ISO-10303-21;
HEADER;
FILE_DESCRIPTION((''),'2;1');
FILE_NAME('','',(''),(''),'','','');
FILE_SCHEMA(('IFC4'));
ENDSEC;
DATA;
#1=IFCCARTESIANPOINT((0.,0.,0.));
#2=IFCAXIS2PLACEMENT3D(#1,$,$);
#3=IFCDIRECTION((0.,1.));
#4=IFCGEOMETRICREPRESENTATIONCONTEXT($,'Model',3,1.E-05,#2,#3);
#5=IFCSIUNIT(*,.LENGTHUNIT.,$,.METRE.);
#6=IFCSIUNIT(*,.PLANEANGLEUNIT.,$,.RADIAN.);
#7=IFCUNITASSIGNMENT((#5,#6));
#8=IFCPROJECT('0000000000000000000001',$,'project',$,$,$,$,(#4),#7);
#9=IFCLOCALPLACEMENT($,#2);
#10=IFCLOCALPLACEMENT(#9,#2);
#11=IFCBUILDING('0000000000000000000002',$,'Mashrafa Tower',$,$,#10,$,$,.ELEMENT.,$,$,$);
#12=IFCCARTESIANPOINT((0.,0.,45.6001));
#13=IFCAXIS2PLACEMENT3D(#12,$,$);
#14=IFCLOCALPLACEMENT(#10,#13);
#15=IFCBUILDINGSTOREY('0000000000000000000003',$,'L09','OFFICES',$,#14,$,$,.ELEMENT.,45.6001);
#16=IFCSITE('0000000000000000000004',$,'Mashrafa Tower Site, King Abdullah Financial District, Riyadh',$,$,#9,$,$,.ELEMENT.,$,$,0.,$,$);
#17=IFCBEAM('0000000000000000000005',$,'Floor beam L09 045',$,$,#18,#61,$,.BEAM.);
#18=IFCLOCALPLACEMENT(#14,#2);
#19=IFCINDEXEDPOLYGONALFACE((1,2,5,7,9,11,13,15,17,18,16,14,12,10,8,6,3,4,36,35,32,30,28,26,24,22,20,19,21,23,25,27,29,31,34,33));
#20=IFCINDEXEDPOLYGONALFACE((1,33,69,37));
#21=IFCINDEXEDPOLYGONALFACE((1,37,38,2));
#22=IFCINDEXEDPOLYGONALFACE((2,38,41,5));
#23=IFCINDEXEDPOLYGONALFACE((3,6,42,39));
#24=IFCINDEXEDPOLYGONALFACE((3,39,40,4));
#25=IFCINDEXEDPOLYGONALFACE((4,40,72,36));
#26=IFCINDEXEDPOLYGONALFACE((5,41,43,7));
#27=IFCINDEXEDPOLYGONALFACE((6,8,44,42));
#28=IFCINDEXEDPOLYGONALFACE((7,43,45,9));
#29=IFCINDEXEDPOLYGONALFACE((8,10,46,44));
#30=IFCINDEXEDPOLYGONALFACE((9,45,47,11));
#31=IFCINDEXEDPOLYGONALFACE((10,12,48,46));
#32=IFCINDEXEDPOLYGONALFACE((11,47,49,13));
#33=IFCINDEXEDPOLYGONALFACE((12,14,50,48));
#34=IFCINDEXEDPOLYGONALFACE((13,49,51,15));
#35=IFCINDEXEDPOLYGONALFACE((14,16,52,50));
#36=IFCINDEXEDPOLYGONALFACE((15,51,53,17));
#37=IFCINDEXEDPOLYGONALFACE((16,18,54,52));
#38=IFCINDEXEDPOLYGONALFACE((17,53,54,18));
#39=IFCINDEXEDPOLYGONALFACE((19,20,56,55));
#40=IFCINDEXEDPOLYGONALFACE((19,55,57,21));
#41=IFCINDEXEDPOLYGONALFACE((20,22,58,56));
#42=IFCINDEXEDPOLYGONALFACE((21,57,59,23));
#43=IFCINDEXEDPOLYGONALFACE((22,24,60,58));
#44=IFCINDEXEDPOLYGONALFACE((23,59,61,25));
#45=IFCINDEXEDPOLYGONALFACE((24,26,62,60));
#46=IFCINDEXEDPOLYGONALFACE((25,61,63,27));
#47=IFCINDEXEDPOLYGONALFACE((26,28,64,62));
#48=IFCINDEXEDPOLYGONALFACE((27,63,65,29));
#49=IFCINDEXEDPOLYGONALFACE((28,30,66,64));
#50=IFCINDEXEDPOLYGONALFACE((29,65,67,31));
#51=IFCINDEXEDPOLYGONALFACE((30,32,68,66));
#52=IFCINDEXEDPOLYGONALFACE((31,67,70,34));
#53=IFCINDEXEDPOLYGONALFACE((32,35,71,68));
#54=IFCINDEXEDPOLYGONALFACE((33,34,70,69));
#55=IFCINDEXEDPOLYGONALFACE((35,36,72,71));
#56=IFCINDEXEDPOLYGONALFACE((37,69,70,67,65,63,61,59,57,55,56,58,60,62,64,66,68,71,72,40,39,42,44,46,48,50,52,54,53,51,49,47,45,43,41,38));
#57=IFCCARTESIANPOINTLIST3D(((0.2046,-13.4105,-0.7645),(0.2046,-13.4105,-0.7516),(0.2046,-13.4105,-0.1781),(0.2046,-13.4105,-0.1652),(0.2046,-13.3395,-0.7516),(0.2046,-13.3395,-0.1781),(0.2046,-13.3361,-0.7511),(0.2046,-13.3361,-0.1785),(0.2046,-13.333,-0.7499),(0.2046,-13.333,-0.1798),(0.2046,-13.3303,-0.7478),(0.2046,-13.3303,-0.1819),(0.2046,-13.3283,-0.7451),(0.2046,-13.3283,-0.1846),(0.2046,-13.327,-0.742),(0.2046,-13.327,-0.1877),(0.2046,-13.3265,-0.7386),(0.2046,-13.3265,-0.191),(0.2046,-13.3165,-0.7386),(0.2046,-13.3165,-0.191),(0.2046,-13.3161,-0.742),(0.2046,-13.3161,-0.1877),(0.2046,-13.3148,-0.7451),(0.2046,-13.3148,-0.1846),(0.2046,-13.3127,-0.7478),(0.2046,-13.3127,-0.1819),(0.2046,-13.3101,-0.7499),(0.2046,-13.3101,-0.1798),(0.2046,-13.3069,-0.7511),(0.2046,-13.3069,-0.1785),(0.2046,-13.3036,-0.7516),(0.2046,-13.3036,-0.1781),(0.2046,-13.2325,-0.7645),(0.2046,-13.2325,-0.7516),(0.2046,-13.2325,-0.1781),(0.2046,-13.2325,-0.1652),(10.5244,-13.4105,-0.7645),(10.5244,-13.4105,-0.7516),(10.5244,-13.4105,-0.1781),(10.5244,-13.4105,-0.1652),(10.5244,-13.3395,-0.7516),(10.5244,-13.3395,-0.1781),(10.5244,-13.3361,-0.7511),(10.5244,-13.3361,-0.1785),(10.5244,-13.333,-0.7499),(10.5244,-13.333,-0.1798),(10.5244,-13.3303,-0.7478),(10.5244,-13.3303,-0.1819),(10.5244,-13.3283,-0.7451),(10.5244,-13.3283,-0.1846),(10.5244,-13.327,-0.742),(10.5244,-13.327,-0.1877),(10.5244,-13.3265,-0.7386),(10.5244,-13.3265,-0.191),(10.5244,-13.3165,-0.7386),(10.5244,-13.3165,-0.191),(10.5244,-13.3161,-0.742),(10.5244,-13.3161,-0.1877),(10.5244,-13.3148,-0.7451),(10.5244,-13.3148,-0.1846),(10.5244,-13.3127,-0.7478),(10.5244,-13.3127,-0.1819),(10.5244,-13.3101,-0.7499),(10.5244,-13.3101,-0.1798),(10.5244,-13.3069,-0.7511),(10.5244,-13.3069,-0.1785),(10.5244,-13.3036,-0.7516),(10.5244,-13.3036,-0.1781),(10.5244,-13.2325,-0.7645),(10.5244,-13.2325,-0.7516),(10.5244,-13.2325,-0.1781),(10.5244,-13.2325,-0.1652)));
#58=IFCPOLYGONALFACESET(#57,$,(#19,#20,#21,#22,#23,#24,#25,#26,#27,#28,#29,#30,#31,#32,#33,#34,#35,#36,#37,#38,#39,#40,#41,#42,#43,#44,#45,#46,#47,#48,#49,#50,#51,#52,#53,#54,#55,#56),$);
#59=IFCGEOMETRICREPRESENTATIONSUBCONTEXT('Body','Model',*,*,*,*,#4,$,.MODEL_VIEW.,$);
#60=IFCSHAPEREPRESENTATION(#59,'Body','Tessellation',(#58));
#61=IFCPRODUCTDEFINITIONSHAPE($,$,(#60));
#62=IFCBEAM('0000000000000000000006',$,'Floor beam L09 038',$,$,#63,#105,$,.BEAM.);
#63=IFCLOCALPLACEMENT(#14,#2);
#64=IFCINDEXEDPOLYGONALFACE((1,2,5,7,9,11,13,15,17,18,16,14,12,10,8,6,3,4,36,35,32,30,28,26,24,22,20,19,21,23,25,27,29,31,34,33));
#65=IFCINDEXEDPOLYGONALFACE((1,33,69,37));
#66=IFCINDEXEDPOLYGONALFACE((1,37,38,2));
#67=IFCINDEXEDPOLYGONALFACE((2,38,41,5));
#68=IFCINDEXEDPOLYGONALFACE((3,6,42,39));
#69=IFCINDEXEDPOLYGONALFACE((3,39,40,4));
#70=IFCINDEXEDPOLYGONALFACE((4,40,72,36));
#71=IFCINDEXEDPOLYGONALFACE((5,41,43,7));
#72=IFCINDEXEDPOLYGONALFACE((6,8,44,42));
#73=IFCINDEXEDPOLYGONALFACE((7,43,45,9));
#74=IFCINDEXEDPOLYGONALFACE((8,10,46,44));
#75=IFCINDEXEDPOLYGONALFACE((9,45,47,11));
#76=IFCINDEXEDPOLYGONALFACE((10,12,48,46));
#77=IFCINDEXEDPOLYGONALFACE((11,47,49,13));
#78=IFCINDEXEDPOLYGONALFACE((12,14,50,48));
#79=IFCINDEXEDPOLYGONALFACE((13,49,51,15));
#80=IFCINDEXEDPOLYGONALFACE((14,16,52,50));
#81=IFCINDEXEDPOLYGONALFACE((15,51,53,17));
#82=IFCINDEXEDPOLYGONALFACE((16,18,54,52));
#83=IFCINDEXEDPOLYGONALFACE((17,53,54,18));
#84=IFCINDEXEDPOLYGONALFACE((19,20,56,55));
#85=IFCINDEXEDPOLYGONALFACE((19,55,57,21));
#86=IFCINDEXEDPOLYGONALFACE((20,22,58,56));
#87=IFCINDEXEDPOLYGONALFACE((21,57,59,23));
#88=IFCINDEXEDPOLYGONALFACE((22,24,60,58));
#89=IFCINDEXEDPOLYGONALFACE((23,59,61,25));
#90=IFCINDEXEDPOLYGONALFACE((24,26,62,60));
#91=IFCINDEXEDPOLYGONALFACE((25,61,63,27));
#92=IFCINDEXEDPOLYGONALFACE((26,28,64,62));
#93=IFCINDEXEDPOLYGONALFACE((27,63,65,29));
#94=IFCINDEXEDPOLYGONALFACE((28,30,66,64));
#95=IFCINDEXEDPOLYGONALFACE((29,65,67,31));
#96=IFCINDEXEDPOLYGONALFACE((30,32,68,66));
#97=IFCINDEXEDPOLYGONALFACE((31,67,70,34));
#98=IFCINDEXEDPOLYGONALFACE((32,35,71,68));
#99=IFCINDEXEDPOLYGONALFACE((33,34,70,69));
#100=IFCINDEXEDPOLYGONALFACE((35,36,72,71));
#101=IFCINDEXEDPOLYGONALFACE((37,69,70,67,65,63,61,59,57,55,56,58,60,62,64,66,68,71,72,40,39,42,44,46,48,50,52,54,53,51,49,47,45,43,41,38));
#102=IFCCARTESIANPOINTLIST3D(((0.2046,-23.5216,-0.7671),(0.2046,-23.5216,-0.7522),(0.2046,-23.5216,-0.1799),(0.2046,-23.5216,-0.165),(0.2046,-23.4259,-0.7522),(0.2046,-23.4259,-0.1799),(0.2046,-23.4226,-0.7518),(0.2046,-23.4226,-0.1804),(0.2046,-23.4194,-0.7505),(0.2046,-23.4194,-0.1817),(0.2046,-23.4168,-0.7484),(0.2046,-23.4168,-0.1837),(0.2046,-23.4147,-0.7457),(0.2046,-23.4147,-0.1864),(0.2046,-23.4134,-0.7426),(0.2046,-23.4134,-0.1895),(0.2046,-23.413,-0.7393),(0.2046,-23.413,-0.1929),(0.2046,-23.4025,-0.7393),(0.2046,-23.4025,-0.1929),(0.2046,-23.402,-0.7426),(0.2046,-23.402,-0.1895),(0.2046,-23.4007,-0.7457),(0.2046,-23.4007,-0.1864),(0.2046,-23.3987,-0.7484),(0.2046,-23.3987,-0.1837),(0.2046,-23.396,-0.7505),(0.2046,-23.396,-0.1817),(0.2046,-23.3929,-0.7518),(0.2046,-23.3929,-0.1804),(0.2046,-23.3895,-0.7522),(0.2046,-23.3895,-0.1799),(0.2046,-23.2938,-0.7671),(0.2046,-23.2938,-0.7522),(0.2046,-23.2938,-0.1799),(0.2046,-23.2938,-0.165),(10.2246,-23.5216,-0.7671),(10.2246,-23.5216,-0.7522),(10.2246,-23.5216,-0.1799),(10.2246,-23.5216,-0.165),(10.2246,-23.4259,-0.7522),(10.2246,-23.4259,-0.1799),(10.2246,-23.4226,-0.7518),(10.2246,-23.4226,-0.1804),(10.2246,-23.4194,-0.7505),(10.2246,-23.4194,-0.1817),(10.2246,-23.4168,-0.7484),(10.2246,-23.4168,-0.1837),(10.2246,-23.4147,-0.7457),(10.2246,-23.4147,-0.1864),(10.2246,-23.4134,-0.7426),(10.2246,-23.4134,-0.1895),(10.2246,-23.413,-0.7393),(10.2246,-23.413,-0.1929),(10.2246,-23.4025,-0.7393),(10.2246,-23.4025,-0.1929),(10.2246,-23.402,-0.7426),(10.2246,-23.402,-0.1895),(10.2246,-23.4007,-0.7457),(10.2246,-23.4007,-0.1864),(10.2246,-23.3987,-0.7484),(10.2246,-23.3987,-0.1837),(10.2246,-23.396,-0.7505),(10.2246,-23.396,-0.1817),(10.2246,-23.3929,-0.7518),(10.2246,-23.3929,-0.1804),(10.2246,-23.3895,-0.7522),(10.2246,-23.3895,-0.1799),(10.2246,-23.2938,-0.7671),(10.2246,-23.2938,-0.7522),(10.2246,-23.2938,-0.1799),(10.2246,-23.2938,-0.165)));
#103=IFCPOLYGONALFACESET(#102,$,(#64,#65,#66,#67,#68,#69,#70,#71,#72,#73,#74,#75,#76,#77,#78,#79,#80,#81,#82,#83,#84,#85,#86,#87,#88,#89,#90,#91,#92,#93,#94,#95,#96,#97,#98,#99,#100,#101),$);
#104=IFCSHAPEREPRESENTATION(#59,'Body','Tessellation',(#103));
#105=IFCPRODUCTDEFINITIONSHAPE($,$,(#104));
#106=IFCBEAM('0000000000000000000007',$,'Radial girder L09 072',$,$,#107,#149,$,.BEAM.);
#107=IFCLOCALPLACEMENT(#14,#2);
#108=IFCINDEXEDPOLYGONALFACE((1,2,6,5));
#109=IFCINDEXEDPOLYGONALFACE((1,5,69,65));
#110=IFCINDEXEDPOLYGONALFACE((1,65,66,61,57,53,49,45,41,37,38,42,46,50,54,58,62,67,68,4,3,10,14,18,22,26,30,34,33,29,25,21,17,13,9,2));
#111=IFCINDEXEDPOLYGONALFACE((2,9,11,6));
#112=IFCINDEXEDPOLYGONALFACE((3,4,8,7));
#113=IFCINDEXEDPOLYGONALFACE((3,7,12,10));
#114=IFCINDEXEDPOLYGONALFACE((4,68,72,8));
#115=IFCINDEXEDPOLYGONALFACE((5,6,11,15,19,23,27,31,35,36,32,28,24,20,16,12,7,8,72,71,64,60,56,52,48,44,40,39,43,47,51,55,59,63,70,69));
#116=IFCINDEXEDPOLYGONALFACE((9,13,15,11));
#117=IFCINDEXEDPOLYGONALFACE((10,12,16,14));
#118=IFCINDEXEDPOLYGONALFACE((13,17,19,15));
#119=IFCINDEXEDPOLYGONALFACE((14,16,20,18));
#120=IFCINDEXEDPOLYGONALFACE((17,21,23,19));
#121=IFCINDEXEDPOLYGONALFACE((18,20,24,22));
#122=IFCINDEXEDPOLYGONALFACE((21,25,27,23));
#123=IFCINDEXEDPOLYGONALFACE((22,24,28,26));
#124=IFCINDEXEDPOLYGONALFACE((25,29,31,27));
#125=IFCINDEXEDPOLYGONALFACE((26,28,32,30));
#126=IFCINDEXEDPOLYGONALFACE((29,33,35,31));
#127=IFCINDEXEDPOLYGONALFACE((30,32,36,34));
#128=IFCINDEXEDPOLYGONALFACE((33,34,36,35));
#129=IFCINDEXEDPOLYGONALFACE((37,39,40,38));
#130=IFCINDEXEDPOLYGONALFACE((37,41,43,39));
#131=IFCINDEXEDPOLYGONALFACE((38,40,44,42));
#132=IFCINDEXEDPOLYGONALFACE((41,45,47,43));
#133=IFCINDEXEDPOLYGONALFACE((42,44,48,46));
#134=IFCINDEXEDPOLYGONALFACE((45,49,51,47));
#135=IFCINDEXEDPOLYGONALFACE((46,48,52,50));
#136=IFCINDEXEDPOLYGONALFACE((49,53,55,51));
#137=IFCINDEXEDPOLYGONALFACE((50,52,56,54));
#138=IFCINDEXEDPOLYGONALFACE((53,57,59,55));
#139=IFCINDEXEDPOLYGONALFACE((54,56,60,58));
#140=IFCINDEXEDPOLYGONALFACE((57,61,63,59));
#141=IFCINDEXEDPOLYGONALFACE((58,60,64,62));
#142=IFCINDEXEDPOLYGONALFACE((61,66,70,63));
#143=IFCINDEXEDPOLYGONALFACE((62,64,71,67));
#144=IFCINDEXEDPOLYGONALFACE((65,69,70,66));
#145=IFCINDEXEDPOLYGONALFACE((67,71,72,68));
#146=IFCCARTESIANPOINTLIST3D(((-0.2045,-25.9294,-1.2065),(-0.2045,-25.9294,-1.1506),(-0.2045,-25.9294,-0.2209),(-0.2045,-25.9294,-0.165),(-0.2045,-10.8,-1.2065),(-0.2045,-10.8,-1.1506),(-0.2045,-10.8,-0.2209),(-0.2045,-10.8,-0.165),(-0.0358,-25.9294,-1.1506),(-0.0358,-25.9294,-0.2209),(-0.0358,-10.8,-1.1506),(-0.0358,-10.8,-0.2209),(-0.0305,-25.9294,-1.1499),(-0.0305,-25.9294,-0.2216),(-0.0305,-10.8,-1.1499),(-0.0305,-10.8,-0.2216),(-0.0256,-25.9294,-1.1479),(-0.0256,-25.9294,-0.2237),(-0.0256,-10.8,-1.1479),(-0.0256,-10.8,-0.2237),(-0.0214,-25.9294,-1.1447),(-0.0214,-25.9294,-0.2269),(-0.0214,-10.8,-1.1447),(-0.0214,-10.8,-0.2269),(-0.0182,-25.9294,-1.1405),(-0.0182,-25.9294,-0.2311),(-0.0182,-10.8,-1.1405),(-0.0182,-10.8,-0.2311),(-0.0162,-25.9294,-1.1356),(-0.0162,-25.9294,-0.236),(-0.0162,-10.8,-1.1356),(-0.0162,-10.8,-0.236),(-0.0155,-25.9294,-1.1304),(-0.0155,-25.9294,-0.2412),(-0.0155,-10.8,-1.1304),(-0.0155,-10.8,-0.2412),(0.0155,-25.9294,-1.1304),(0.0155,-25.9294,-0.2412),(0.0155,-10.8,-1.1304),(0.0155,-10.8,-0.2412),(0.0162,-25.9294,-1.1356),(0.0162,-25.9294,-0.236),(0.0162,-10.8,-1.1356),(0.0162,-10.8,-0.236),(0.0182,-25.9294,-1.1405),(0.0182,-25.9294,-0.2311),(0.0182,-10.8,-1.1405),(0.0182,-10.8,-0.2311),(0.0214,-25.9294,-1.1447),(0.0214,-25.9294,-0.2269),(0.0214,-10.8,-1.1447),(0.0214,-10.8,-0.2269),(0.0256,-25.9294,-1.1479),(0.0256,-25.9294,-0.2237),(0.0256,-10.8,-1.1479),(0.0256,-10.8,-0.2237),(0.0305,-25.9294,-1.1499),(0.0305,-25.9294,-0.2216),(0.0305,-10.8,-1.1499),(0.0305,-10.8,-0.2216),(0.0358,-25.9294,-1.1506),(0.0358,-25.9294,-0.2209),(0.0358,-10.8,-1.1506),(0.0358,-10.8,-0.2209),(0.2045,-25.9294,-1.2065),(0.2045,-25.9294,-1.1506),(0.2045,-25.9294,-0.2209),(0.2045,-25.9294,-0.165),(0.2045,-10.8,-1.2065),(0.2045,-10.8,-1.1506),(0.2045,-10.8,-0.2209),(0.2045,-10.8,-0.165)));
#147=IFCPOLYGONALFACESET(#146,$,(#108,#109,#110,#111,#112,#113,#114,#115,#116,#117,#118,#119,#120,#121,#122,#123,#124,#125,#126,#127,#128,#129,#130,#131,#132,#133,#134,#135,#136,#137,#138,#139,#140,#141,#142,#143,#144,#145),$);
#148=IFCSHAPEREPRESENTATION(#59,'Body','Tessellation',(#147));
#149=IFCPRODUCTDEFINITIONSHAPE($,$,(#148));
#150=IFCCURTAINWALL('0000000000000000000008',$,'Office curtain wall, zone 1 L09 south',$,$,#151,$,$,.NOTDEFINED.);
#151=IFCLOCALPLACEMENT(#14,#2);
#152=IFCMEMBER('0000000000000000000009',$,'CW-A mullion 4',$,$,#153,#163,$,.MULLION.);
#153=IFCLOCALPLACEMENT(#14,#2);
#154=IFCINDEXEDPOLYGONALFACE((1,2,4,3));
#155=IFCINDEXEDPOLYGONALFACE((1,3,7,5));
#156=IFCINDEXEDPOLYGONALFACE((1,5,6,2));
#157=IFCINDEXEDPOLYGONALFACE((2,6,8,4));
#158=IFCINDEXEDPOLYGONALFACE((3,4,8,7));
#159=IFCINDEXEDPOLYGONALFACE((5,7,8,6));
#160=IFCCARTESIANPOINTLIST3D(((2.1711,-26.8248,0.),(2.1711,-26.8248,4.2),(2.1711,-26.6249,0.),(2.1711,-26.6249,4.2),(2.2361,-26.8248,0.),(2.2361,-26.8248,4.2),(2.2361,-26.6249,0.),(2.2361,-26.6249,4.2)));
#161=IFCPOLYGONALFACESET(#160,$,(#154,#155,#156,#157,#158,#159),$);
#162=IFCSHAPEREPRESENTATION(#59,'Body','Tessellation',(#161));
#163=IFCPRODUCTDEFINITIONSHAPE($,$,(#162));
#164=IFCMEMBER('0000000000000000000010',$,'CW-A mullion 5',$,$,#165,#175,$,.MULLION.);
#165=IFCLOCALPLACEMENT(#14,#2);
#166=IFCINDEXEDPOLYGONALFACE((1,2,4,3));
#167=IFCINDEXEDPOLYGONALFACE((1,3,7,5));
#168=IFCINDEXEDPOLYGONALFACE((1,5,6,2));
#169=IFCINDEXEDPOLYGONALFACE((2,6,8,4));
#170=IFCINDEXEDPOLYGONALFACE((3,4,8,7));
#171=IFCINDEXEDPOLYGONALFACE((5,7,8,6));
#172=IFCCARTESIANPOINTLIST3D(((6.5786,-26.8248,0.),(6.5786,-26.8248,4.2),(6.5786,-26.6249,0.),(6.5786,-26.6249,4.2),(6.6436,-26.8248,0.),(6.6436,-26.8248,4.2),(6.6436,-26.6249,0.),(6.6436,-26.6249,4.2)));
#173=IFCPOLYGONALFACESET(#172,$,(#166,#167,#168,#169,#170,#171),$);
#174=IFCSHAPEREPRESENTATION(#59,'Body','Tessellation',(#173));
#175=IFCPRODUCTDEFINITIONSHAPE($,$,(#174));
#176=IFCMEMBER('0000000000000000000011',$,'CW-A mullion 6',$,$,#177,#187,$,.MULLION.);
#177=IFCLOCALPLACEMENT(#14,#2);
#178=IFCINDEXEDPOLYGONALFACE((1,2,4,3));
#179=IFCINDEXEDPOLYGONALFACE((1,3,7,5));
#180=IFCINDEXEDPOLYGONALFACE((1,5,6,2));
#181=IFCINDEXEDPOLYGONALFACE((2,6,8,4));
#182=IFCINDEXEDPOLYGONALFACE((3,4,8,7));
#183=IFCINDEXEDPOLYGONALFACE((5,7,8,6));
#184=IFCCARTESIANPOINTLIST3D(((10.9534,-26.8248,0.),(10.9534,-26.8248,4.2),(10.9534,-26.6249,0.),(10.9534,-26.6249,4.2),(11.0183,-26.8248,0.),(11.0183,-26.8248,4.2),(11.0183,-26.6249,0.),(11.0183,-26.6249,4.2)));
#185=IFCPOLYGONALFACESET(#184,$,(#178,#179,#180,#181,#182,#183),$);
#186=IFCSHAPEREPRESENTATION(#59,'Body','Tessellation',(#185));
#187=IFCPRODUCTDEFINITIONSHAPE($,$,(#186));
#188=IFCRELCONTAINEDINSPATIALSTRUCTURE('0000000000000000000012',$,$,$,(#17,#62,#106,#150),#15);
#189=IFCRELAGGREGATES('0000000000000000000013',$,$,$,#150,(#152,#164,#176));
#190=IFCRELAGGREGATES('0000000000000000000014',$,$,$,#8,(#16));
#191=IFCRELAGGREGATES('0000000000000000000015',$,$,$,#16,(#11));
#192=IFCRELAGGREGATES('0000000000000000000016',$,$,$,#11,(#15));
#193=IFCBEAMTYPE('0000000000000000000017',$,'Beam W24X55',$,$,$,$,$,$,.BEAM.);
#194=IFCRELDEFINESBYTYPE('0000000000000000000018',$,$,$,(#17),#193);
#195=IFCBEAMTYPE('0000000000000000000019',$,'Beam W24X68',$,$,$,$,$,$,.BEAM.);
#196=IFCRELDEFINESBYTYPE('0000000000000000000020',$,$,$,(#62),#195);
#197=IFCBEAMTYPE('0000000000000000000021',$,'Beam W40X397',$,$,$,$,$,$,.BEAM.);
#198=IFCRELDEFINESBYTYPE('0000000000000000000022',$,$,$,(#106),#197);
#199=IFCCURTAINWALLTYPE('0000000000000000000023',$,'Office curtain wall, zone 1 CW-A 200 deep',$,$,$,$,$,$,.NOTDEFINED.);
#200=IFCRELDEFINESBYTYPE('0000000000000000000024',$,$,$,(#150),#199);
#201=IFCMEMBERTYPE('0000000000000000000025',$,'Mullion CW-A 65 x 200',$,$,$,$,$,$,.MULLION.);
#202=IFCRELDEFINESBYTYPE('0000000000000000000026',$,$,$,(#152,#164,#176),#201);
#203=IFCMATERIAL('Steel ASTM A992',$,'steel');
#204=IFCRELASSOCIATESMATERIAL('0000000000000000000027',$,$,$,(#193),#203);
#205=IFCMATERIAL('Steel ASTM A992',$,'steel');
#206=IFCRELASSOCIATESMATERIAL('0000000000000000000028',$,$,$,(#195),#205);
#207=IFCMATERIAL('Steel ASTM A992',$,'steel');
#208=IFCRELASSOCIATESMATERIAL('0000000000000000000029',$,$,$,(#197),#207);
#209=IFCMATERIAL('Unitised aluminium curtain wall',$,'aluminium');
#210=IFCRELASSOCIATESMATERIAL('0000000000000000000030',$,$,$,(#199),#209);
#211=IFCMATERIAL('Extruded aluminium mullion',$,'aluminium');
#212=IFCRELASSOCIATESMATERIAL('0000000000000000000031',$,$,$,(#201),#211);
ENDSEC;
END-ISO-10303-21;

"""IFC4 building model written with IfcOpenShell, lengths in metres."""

from ifc_helpers import new_model, si_unit, direction, frame, origin, origin_2d, place, context, subcontext, project, spatial, rectangle, i_section, extrude, source, transform, mapped, material, material_profile, profile_set, type_object, type_shapes, element, aggregate, save


model = new_model("IFC4")

# Units and contexts
model_context = context("Model", 3, precision=1e-05, world=origin(), true_north=direction((0.0, 1.0)))
body_context = subcontext(model_context, "Body", "Model", "MODEL_VIEW")
ifc_project = project(units=[si_unit("LENGTHUNIT", "METRE"), si_unit("PLANEANGLEUNIT", "RADIAN")], contexts=[model_context])

# Site, building, storey
site_placement = place(None, origin())
site = spatial("IfcSite", under=ifc_project, at=site_placement, Name="Mashrafa Tower Site, King Abdullah Financial District, Riyadh", CompositionType="ELEMENT", RefElevation=0.0)
building_placement = place(site_placement, origin())
building = spatial("IfcBuilding", under=site, at=building_placement, Name="Mashrafa Tower", CompositionType="ELEMENT")
storey_placement = place(building_placement, frame((0.0, 0.0, 45.6001)))
storey = spatial("IfcBuildingStorey", under=building, at=storey_placement, Name="L09", Description="OFFICES", CompositionType="ELEMENT", Elevation=45.6001)

# Beams
ifc_material_1 = material(Name="Steel ASTM A992", Category="steel")
ifc_material_profile_1 = material_profile(ifc_material_1, i_section(OverallWidth=0.178, OverallDepth=0.5994, WebThickness=0.01, FlangeThickness=0.0129, FilletRadius=0.0129, at=origin_2d()), Name="W24X55")
ifc_profile_set_1 = profile_set([ifc_material_profile_1], Name="Steel ASTM A992")
beam_type_1 = type_object("IfcBeamType", Name="Beam W24X55", PredefinedType="BEAM", material=ifc_profile_set_1)
beam_1_placement = place(storey_placement, frame((10.5244, -13.3215, -0.4648), z_axis=(-1.0, 0.0, 0.0), x_axis=(0.0, -1.0, 0.0)))
element("IfcBeam", 1, at=beam_1_placement, inside=storey, type_object=beam_type_1, Name="Floor beam L09 045", PredefinedType="BEAM", context=body_context, shape_type="SweptSolid", body=[
    extrude(i_section(OverallWidth=0.178, OverallDepth=0.5994, WebThickness=0.01, FlangeThickness=0.0129, FilletRadius=0.0129, at=origin_2d()), origin(), (0.0, 0.0, 1.0), 10.3198),
])
ifc_material_2 = material(Name="Steel ASTM A992", Category="steel")
ifc_material_profile_2 = material_profile(ifc_material_2, i_section(OverallWidth=0.2278, OverallDepth=0.6021, WebThickness=0.0105, FlangeThickness=0.0149, FilletRadius=0.0129, at=origin_2d()), Name="W24X68")
ifc_profile_set_2 = profile_set([ifc_material_profile_2], Name="Steel ASTM A992")
beam_type_2 = type_object("IfcBeamType", Name="Beam W24X68", PredefinedType="BEAM", material=ifc_profile_set_2)
beam_2_placement = place(storey_placement, frame((10.2246, -23.4077, -0.4661), z_axis=(-1.0, 0.0, 0.0), x_axis=(0.0, -1.0, 0.0)))
element("IfcBeam", 2, at=beam_2_placement, inside=storey, type_object=beam_type_2, Name="Floor beam L09 038", PredefinedType="BEAM", context=body_context, shape_type="SweptSolid", body=[
    extrude(i_section(OverallWidth=0.2278, OverallDepth=0.6021, WebThickness=0.0105, FlangeThickness=0.0149, FilletRadius=0.0129, at=origin_2d()), origin(), (0.0, 0.0, 1.0), 10.02),
])
ifc_material_3 = material(Name="Steel ASTM A992", Category="steel")
ifc_material_profile_3 = material_profile(ifc_material_3, i_section(OverallWidth=0.4089, OverallDepth=1.0415, WebThickness=0.031, FlangeThickness=0.0559, FilletRadius=0.0203, at=origin_2d()), Name="W40X397")
ifc_profile_set_3 = profile_set([ifc_material_profile_3], Name="Steel ASTM A992")
beam_type_3 = type_object("IfcBeamType", Name="Beam W40X397", PredefinedType="BEAM", material=ifc_profile_set_3)
beam_3_placement = place(storey_placement, frame((0.0, -10.8, -0.6858), z_axis=(0.0, -1.0, 0.0), x_axis=(1.0, 0.0, 0.0)))
element("IfcBeam", 3, at=beam_3_placement, inside=storey, type_object=beam_type_3, Name="Radial girder L09 072", PredefinedType="BEAM", context=body_context, shape_type="SweptSolid", body=[
    extrude(i_section(OverallWidth=0.4089, OverallDepth=1.0415, WebThickness=0.031, FlangeThickness=0.0559, FilletRadius=0.0203, at=origin_2d()), origin(), (0.0, 0.0, 1.0), 15.1294),
])

# Curtain wall, members
ifc_material_4 = material(Name="Unitised aluminium curtain wall", Category="aluminium")
curtain_wall_type = type_object("IfcCurtainWallType", Name="Office curtain wall, zone 1 CW-A 200 deep", PredefinedType="NOTDEFINED", material=ifc_material_4)
curtain_wall_1_placement = place(storey_placement, origin())
curtain_wall_1 = element("IfcCurtainWall", 4, at=curtain_wall_1_placement, inside=storey, type_object=curtain_wall_type, Name="Office curtain wall, zone 1 L09 south", PredefinedType="NOTDEFINED")
ifc_material_5 = material(Name="Extruded aluminium mullion", Category="aluminium")
ifc_material_profile_4 = material_profile(ifc_material_5, rectangle(XDim=0.2, YDim=0.0649, at=origin_2d()), Name="Mullion 65x200")
ifc_profile_set_4 = profile_set([ifc_material_profile_4], Name="Extruded aluminium mullion")
member_type_1 = type_object("IfcMemberType", Name="Mullion CW-A 65 x 200", PredefinedType="MULLION", material=ifc_profile_set_4)
shared_shape_1 = source(origin(), body_context, "Body", "SweptSolid", [
    extrude(rectangle(XDim=0.2, YDim=0.0649, at=origin_2d()), origin(), (0.0, 0.0, 1.0), 4.2),
])
type_shapes(member_type_1, [shared_shape_1])
member_1_placement = place(storey_placement, frame((2.2036, -26.7249, 0.0), z_axis=(0.0, 0.0, 1.0), x_axis=(0.0, 1.0, 0.0)))
member_1 = element("IfcMember", 5, at=member_1_placement, type_object=member_type_1, Name="CW-A mullion 4", PredefinedType="MULLION", context=body_context, shape_type="MappedRepresentation", body=[
    mapped(shared_shape_1, transform((0.0, 0.0, 0.0))),
])
member_2_placement = place(storey_placement, frame((6.6111, -26.7249, 0.0), z_axis=(0.0, 0.0, 1.0), x_axis=(0.0, 1.0, 0.0)))
member_2 = element("IfcMember", 6, at=member_2_placement, type_object=member_type_1, Name="CW-A mullion 5", PredefinedType="MULLION", context=body_context, shape_type="MappedRepresentation", body=[
    mapped(shared_shape_1, transform((0.0, 0.0, 0.0))),
])
member_3_placement = place(storey_placement, frame((10.9858, -26.7249, 0.0), z_axis=(0.0, 0.0, 1.0), x_axis=(0.0, 1.0, 0.0)))
member_3 = element("IfcMember", 7, at=member_3_placement, type_object=member_type_1, Name="CW-A mullion 6", PredefinedType="MULLION", context=body_context, shape_type="MappedRepresentation", body=[
    mapped(shared_shape_1, transform((0.0, 0.0, 0.0))),
])

aggregate(curtain_wall_1, [member_1, member_2, member_3])

save(model, "model.ifc")
